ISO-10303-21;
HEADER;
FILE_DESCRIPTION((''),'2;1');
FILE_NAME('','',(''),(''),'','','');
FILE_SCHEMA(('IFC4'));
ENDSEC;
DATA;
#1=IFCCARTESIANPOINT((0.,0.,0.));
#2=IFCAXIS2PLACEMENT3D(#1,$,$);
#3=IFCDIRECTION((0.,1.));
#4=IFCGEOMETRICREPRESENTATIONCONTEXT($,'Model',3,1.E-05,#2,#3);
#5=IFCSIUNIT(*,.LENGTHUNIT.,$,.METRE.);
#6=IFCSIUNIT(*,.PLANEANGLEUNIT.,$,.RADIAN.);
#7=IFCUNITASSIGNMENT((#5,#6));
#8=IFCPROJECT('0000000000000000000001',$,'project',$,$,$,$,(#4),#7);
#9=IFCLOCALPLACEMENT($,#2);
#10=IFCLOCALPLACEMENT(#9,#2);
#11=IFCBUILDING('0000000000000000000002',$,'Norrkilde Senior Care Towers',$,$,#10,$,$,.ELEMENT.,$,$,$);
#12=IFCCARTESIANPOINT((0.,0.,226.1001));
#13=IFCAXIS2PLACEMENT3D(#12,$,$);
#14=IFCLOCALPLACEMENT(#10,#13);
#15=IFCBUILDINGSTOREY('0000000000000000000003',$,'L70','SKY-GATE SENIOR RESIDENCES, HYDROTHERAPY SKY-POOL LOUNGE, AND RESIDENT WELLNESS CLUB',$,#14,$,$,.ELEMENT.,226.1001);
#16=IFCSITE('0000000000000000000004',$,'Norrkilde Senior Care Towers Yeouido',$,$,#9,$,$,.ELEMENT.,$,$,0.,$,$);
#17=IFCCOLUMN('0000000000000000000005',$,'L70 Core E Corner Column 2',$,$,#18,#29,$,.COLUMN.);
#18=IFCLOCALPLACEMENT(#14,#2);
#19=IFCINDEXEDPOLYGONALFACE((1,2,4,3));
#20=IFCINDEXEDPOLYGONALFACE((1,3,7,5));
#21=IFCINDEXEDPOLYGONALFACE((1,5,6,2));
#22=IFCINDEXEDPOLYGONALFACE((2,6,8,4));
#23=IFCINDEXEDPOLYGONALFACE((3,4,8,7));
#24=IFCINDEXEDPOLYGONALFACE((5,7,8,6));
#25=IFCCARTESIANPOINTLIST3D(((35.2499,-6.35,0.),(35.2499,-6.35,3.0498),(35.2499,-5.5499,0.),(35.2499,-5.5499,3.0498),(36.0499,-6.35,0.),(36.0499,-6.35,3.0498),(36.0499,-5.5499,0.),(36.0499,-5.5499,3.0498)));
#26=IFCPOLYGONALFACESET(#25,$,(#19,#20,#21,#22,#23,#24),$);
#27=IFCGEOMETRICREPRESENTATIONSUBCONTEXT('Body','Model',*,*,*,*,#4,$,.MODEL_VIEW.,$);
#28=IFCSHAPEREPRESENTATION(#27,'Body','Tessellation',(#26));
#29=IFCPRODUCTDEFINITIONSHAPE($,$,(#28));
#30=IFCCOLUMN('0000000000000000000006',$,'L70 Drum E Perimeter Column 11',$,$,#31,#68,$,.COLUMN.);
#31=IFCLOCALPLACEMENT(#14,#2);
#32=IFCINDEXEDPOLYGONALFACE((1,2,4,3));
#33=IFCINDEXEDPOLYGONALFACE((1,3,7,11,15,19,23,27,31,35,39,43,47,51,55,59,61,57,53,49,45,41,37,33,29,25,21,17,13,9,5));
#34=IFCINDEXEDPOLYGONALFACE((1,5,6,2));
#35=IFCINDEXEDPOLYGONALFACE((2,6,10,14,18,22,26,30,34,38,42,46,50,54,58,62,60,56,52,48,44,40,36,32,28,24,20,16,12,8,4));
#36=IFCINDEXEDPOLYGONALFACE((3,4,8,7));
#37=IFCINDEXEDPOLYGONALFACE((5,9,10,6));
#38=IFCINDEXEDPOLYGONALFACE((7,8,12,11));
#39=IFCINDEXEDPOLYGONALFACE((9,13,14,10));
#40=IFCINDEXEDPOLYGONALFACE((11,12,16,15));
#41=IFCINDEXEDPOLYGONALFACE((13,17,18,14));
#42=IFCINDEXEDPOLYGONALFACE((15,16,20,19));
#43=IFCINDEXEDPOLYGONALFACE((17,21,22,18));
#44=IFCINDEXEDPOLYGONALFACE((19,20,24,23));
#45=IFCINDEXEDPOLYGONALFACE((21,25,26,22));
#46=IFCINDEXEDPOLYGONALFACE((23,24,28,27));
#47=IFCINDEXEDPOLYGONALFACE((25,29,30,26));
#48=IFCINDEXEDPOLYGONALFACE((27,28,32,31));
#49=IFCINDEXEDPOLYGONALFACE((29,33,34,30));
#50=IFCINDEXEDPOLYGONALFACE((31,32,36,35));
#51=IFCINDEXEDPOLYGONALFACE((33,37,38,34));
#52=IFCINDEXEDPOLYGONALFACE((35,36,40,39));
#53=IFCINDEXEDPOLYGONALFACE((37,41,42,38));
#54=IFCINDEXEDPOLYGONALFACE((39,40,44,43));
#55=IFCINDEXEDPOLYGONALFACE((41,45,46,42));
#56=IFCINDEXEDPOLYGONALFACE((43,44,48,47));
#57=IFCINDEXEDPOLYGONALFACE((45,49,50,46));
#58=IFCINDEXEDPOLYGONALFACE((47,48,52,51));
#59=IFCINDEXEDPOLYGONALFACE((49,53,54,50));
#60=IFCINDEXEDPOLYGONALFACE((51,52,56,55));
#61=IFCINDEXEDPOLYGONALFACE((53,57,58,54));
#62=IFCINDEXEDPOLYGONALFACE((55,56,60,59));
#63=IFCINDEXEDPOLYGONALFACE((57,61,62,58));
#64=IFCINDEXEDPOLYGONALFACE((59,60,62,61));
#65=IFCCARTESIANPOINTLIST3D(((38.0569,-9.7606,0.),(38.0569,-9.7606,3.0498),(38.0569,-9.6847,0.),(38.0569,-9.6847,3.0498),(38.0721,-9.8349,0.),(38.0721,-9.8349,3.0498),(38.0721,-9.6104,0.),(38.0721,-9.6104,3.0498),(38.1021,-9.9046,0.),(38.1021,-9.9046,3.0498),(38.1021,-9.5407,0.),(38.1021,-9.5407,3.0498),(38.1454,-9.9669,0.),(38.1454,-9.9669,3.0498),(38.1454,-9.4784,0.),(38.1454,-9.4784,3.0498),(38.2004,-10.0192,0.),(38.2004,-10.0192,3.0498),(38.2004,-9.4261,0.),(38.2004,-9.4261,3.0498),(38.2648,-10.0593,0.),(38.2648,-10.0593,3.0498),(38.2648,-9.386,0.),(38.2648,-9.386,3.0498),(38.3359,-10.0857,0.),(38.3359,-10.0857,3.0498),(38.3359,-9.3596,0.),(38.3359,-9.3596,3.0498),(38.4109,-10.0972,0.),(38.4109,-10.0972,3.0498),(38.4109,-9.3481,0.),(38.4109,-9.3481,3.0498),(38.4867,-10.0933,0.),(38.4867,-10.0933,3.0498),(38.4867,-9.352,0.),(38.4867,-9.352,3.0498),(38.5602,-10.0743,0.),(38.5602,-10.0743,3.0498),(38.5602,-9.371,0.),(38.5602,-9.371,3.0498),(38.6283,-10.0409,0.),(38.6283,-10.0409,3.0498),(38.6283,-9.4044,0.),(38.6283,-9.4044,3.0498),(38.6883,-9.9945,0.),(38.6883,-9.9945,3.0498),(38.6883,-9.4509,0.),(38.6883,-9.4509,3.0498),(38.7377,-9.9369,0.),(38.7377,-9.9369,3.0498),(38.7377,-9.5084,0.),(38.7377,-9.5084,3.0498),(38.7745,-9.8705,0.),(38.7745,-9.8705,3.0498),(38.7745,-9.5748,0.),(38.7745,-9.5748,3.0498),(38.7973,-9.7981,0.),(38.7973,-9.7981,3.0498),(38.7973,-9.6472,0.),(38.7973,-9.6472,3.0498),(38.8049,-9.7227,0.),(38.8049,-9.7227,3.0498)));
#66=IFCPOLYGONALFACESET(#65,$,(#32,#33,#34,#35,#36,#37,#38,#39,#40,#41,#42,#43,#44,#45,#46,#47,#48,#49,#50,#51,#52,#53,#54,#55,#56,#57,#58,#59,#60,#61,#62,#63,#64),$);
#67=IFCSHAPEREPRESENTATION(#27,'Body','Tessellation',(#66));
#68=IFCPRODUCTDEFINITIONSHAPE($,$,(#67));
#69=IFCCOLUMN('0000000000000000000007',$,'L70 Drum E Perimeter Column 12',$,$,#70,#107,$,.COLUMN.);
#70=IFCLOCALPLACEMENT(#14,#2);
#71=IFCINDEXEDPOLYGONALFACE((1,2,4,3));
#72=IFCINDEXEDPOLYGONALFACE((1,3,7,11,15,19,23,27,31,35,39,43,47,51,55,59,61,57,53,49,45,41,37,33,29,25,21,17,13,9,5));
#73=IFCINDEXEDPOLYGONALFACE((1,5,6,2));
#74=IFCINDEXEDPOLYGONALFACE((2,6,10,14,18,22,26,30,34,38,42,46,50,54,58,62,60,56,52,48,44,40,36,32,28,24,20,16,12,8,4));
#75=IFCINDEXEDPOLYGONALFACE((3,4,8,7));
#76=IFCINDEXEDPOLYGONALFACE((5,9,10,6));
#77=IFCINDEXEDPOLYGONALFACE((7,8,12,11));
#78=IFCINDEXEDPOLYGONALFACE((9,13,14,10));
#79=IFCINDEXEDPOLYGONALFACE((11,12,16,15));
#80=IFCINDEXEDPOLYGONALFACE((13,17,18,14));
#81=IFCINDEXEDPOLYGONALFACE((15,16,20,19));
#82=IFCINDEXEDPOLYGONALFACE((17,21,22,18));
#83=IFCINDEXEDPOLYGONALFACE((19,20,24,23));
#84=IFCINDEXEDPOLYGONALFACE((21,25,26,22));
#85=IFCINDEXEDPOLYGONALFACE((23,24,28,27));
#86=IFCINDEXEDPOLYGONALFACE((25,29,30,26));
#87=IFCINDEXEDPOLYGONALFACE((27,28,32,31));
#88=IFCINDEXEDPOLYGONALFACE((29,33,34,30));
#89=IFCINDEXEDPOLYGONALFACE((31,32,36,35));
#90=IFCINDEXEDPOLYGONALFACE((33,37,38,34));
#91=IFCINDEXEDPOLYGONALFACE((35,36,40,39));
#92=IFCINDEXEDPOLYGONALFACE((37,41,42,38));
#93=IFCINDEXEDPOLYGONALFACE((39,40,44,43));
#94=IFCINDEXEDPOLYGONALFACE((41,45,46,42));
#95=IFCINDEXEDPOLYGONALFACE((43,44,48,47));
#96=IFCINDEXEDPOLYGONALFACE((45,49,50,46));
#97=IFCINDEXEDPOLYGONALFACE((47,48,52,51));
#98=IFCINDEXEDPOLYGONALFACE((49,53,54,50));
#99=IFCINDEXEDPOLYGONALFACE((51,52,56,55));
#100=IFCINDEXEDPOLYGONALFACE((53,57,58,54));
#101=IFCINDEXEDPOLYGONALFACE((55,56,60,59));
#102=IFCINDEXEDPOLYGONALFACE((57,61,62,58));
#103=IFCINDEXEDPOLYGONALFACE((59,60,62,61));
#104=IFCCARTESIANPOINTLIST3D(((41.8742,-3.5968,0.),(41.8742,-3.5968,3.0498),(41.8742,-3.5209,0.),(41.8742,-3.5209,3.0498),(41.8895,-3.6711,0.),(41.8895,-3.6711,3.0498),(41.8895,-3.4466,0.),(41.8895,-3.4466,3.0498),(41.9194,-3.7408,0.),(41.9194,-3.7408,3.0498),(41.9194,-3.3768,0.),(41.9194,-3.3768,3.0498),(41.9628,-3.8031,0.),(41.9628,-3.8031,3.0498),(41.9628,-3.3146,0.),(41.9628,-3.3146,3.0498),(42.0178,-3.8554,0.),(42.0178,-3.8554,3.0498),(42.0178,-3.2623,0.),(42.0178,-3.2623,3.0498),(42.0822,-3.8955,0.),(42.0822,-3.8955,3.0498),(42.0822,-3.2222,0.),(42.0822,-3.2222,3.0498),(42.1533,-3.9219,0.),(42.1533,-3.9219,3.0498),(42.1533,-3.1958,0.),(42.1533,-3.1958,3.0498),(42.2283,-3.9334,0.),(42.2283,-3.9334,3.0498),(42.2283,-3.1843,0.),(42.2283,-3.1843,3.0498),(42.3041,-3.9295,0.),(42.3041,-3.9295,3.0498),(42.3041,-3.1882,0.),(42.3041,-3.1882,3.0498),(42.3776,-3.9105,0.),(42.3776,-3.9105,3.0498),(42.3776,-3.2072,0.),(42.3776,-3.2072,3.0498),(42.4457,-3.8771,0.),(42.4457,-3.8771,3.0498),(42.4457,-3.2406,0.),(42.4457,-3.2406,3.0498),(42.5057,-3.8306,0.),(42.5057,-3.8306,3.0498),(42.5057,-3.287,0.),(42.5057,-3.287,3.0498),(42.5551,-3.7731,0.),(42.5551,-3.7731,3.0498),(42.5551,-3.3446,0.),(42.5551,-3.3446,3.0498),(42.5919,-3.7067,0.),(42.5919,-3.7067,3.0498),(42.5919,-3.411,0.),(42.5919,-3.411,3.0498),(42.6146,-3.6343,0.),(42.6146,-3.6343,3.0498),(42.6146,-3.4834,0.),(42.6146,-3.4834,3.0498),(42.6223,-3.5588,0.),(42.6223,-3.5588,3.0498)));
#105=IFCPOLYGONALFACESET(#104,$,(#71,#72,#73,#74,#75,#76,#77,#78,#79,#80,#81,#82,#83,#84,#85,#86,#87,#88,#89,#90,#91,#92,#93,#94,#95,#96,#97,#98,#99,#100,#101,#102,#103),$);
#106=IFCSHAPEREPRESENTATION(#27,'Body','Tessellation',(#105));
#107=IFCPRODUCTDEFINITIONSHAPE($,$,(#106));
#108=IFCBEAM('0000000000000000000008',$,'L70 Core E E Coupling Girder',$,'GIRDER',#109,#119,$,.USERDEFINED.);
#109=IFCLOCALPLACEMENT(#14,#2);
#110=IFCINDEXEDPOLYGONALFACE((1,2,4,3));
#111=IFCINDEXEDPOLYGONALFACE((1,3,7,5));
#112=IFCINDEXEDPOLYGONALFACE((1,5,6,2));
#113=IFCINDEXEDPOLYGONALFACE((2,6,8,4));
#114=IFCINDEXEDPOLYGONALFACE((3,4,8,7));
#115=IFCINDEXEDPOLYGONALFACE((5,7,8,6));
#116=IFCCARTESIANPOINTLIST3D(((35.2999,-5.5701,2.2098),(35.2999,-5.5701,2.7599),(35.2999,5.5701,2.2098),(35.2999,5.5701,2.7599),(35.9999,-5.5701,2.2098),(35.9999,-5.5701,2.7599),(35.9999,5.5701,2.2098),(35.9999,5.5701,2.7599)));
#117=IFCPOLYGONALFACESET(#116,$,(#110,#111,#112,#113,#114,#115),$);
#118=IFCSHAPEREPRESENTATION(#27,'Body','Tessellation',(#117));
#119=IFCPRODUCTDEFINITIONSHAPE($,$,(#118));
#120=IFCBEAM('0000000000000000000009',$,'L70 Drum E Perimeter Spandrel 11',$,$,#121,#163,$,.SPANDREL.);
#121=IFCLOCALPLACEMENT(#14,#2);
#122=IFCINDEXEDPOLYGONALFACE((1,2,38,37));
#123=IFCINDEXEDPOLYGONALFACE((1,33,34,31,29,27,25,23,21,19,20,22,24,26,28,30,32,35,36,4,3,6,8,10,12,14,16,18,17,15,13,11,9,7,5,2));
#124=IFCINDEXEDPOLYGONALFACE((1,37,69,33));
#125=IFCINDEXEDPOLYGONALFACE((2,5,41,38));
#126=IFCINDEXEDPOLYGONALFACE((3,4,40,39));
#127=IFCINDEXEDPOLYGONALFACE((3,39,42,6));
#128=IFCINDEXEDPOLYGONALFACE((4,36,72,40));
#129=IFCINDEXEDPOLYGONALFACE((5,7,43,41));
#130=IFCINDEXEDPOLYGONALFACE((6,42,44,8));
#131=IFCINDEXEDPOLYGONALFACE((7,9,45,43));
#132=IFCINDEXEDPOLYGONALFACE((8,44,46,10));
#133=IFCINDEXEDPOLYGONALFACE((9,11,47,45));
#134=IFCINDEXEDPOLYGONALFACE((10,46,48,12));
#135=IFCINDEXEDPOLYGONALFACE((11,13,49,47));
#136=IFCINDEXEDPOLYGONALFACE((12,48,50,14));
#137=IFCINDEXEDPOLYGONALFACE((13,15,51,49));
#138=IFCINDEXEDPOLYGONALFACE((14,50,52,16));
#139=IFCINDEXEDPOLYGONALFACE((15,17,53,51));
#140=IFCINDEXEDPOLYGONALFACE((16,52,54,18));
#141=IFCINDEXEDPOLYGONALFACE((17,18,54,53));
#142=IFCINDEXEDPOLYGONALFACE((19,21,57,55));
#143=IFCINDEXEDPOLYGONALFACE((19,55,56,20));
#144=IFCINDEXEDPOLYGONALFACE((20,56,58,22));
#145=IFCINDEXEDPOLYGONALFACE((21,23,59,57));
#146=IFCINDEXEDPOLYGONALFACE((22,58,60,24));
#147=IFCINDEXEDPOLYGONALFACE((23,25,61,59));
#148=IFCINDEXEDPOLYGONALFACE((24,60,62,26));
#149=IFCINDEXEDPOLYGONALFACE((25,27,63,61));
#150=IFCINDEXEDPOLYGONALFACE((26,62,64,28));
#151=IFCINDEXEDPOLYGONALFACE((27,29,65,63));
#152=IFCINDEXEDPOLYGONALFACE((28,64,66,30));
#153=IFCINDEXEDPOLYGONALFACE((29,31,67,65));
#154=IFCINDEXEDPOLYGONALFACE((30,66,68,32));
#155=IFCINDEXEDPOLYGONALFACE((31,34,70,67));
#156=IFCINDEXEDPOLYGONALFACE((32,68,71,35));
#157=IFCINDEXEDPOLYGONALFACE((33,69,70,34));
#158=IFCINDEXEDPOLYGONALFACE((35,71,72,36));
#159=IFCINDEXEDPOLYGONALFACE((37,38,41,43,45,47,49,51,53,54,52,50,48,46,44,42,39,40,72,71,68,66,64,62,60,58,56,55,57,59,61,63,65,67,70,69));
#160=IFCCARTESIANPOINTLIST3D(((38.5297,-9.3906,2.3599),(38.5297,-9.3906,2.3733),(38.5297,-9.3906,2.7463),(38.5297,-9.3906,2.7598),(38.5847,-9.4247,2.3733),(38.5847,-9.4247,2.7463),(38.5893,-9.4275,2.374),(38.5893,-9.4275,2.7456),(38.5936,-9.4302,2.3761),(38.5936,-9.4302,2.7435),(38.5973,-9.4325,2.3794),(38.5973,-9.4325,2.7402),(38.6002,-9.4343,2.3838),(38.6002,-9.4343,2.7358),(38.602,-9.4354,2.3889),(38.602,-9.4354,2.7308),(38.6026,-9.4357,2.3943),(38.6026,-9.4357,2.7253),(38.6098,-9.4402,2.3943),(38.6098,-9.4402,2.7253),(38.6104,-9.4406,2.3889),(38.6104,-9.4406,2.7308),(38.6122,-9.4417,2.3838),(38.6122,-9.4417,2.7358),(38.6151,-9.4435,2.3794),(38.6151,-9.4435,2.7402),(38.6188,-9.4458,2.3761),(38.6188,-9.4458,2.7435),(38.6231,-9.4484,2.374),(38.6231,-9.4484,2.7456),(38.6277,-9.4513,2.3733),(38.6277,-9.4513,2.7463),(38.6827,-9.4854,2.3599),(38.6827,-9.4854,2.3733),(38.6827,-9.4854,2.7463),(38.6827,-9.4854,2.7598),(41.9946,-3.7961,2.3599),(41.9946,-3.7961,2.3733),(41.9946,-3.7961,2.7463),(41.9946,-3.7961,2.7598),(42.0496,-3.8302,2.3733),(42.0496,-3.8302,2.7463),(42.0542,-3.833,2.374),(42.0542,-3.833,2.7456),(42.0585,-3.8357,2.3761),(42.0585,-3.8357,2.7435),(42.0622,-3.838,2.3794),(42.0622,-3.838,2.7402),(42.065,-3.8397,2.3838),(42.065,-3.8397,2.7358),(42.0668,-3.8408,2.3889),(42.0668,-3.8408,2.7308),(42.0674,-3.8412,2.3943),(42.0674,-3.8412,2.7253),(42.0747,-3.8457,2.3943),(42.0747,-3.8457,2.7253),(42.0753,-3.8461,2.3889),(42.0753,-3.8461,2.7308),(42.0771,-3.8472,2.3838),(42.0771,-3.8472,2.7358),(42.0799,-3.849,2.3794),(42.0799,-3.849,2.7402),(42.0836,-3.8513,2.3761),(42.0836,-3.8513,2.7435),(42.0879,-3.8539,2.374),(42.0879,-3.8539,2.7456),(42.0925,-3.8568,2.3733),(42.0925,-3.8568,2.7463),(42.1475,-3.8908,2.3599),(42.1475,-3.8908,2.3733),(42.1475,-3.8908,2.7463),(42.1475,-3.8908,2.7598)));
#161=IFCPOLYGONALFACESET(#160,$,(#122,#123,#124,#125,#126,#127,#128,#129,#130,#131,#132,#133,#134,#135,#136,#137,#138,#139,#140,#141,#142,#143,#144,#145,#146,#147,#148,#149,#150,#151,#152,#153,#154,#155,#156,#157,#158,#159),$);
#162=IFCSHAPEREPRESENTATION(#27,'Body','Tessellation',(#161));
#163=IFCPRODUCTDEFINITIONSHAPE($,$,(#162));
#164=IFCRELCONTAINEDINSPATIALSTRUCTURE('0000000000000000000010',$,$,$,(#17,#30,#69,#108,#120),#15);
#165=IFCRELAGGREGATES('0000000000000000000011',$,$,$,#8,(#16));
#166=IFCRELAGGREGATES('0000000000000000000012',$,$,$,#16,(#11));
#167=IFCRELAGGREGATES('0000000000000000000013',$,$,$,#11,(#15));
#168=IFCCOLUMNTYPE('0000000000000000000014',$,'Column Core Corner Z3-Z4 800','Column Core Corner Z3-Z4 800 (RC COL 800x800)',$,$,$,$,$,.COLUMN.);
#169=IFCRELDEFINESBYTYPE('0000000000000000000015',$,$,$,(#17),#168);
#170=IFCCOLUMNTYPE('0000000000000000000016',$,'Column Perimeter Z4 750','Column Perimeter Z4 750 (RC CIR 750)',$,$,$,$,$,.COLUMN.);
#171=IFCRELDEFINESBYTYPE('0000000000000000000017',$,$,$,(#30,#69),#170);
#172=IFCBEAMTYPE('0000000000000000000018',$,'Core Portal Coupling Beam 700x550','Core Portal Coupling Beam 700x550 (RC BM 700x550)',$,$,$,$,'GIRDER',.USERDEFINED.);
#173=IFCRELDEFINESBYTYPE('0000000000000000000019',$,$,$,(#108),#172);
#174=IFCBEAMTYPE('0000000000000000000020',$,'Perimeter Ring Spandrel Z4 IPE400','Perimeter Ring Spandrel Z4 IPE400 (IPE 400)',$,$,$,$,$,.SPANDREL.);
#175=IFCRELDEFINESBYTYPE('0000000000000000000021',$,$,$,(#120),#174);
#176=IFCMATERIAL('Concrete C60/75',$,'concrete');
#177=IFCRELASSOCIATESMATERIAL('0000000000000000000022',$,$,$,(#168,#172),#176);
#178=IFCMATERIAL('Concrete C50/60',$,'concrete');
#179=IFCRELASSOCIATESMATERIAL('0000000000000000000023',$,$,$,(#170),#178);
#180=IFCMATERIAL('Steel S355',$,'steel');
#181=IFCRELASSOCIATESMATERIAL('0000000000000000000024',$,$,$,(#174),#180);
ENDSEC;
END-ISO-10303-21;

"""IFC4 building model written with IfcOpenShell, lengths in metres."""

from ifc_helpers import new_model, si_unit, direction, frame, origin, origin_2d, place, context, subcontext, project, spatial, rectangle, circle, i_section, extrude, source, transform, mapped, material, material_profile, profile_set, type_object, type_shapes, element, save


model = new_model("IFC4")

# Units and contexts
model_context = context("Model", 3, precision=1e-05, world=origin(), true_north=direction((0.0, 1.0)))
body_context = subcontext(model_context, "Body", "Model", "MODEL_VIEW")
ifc_project = project(units=[si_unit("LENGTHUNIT", "METRE"), si_unit("PLANEANGLEUNIT", "RADIAN")], contexts=[model_context])

# Site, building, storey
site_placement = place(None, origin())
site = spatial("IfcSite", under=ifc_project, at=site_placement, Name="Norrkilde Senior Care Towers Yeouido", CompositionType="ELEMENT", RefElevation=0.0)
building_placement = place(site_placement, origin())
building = spatial("IfcBuilding", under=site, at=building_placement, Name="Norrkilde Senior Care Towers", CompositionType="ELEMENT")
storey_placement = place(building_placement, frame((0.0, 0.0, 226.1001)))
storey = spatial("IfcBuildingStorey", under=building, at=storey_placement, Name="L70", Description="SKY-GATE SENIOR RESIDENCES, HYDROTHERAPY SKY-POOL LOUNGE, AND RESIDENT WELLNESS CLUB", CompositionType="ELEMENT", Elevation=226.1001)

# Columns
ifc_material_1 = material(Name="Concrete C60/75", Category="concrete")
ifc_material_profile_1 = material_profile(ifc_material_1, rectangle(XDim=0.8, YDim=0.8, at=origin_2d()), Name="RC COL 800x800")
ifc_profile_set_1 = profile_set([ifc_material_profile_1], Name="Concrete C60/75")
column_type_1 = type_object("IfcColumnType", Name="Column Core Corner Z3-Z4 800", Description="Column Core Corner Z3-Z4 800 (RC COL 800x800)", PredefinedType="COLUMN", material=ifc_profile_set_1)
shared_shape_1 = source(origin(), body_context, "Body", "SweptSolid", [
    extrude(rectangle(XDim=0.8, YDim=0.8, at=origin_2d()), origin(), (0.0, 0.0, 1.0), 3.0498),
])
type_shapes(column_type_1, [shared_shape_1])
column_placement = place(storey_placement, frame((35.6499, -5.95, 0.0), z_axis=(0.0, 0.0, 1.0), x_axis=(1.0, 0.0, 0.0)))
element("IfcColumn", 1, at=column_placement, inside=storey, type_object=column_type_1, Name="L70 Core E Corner Column 2", PredefinedType="COLUMN", context=body_context, shape_type="MappedRepresentation", body=[
    mapped(shared_shape_1, transform((0.0, 0.0, 0.0), x_axis=(1.0, 0.0, 0.0), y_axis=(0.0, 1.0, 0.0), z_axis=(0.0, 0.0, 1.0), scale=1.0)),
])
ifc_material_2 = material(Name="Concrete C50/60", Category="concrete")
ifc_material_profile_2 = material_profile(ifc_material_2, circle(Radius=0.375, at=origin_2d()), Name="RC CIR 750")
ifc_profile_set_2 = profile_set([ifc_material_profile_2], Name="Concrete C50/60")
column_type_2 = type_object("IfcColumnType", Name="Column Perimeter Z4 750", Description="Column Perimeter Z4 750 (RC CIR 750)", PredefinedType="COLUMN", material=ifc_profile_set_2)
shared_shape_2 = source(origin(), body_context, "Body", "SweptSolid", [
    extrude(circle(Radius=0.375, at=origin_2d()), origin(), (0.0, 0.0, 1.0), 3.0498),
])
type_shapes(column_type_2, [shared_shape_2])
for number, where, z_axis, x_axis, name in (
    (2, (38.4299, -9.7227, 0.0), (0.0, 0.0, 1.0), (1.0, 0.0, 0.0), "L70 Drum E Perimeter Column 11"),
    (3, (42.2473, -3.5588, 0.0), (0.0, 0.0, 1.0), (1.0, 0.0, 0.0), "L70 Drum E Perimeter Column 12"),
):
    element("IfcColumn", number, at=place(storey_placement, frame(where, z_axis=z_axis, x_axis=x_axis)), inside=storey, type_object=column_type_2, Name=name, PredefinedType="COLUMN", context=body_context, shape_type="MappedRepresentation", body=[
        mapped(shared_shape_2, transform((0.0, 0.0, 0.0), x_axis=(1.0, 0.0, 0.0), y_axis=(0.0, 1.0, 0.0), z_axis=(0.0, 0.0, 1.0), scale=1.0)),
    ])

# Beams
ifc_material_profile_3 = material_profile(ifc_material_1, rectangle(XDim=0.7, YDim=0.55, at=origin_2d()), Name="RC BM 700x550")
ifc_profile_set_3 = profile_set([ifc_material_profile_3], Name="Concrete C60/75")
beam_type_1 = type_object("IfcBeamType", Name="Core Portal Coupling Beam 700x550", Description="Core Portal Coupling Beam 700x550 (RC BM 700x550)", ElementType="GIRDER", PredefinedType="USERDEFINED", material=ifc_profile_set_3)
shared_shape_3 = source(origin(), body_context, "Body", "SweptSolid", [
    extrude(rectangle(XDim=0.7, YDim=0.55, at=origin_2d()), origin(), (0.0, 0.0, 1.0), 11.1401),
])
type_shapes(beam_type_1, [shared_shape_3])
beam_1_placement = place(storey_placement, frame((35.6499, -5.5701, 2.4849), z_axis=(0.0, 1.0, 0.0), x_axis=(-1.0, 0.0, 0.0)))
element("IfcBeam", 4, at=beam_1_placement, inside=storey, type_object=beam_type_1, Name="L70 Core E E Coupling Girder", ObjectType="GIRDER", PredefinedType="USERDEFINED", context=body_context, shape_type="MappedRepresentation", body=[
    mapped(shared_shape_3, transform((0.0, 0.0, 0.0), x_axis=(1.0, 0.0, 0.0), y_axis=(0.0, 1.0, 0.0), z_axis=(0.0, 0.0, 1.0), scale=1.0)),
])
ifc_material_3 = material(Name="Steel S355", Category="steel")
ifc_material_profile_4 = material_profile(ifc_material_3, i_section(OverallWidth=0.1799, OverallDepth=0.3999, WebThickness=0.0085, FlangeThickness=0.0134, FilletRadius=0.021, at=origin_2d()), Name="IPE 400")
ifc_profile_set_4 = profile_set([ifc_material_profile_4], Name="Steel S355")
beam_type_2 = type_object("IfcBeamType", Name="Perimeter Ring Spandrel Z4 IPE400", Description="Perimeter Ring Spandrel Z4 IPE400 (IPE 400)", PredefinedType="SPANDREL", material=ifc_profile_set_4)
shared_shape_4 = source(origin(), body_context, "Body", "SweptSolid", [
    extrude(i_section(OverallWidth=0.1799, OverallDepth=0.3999, WebThickness=0.0085, FlangeThickness=0.0134, FilletRadius=0.021, at=origin_2d()), origin(), (0.0, 0.0, 1.0), 6.5806),
])
beam_2_placement = place(storey_placement, frame((38.6062, -9.438, 2.5598), z_axis=(0.52653, 0.850157, 0.0), x_axis=(-0.850157, 0.52653, 0.0)))
element("IfcBeam", 5, at=beam_2_placement, inside=storey, type_object=beam_type_2, Name="L70 Drum E Perimeter Spandrel 11", PredefinedType="SPANDREL", context=body_context, shape_type="MappedRepresentation", body=[
    mapped(shared_shape_4, transform((0.0, 0.0, 0.0), x_axis=(1.0, 0.0, 0.0), y_axis=(0.0, 1.0, 0.0), z_axis=(0.0, 0.0, 1.0), scale=1.0)),
])

save(model, "model.ifc")
